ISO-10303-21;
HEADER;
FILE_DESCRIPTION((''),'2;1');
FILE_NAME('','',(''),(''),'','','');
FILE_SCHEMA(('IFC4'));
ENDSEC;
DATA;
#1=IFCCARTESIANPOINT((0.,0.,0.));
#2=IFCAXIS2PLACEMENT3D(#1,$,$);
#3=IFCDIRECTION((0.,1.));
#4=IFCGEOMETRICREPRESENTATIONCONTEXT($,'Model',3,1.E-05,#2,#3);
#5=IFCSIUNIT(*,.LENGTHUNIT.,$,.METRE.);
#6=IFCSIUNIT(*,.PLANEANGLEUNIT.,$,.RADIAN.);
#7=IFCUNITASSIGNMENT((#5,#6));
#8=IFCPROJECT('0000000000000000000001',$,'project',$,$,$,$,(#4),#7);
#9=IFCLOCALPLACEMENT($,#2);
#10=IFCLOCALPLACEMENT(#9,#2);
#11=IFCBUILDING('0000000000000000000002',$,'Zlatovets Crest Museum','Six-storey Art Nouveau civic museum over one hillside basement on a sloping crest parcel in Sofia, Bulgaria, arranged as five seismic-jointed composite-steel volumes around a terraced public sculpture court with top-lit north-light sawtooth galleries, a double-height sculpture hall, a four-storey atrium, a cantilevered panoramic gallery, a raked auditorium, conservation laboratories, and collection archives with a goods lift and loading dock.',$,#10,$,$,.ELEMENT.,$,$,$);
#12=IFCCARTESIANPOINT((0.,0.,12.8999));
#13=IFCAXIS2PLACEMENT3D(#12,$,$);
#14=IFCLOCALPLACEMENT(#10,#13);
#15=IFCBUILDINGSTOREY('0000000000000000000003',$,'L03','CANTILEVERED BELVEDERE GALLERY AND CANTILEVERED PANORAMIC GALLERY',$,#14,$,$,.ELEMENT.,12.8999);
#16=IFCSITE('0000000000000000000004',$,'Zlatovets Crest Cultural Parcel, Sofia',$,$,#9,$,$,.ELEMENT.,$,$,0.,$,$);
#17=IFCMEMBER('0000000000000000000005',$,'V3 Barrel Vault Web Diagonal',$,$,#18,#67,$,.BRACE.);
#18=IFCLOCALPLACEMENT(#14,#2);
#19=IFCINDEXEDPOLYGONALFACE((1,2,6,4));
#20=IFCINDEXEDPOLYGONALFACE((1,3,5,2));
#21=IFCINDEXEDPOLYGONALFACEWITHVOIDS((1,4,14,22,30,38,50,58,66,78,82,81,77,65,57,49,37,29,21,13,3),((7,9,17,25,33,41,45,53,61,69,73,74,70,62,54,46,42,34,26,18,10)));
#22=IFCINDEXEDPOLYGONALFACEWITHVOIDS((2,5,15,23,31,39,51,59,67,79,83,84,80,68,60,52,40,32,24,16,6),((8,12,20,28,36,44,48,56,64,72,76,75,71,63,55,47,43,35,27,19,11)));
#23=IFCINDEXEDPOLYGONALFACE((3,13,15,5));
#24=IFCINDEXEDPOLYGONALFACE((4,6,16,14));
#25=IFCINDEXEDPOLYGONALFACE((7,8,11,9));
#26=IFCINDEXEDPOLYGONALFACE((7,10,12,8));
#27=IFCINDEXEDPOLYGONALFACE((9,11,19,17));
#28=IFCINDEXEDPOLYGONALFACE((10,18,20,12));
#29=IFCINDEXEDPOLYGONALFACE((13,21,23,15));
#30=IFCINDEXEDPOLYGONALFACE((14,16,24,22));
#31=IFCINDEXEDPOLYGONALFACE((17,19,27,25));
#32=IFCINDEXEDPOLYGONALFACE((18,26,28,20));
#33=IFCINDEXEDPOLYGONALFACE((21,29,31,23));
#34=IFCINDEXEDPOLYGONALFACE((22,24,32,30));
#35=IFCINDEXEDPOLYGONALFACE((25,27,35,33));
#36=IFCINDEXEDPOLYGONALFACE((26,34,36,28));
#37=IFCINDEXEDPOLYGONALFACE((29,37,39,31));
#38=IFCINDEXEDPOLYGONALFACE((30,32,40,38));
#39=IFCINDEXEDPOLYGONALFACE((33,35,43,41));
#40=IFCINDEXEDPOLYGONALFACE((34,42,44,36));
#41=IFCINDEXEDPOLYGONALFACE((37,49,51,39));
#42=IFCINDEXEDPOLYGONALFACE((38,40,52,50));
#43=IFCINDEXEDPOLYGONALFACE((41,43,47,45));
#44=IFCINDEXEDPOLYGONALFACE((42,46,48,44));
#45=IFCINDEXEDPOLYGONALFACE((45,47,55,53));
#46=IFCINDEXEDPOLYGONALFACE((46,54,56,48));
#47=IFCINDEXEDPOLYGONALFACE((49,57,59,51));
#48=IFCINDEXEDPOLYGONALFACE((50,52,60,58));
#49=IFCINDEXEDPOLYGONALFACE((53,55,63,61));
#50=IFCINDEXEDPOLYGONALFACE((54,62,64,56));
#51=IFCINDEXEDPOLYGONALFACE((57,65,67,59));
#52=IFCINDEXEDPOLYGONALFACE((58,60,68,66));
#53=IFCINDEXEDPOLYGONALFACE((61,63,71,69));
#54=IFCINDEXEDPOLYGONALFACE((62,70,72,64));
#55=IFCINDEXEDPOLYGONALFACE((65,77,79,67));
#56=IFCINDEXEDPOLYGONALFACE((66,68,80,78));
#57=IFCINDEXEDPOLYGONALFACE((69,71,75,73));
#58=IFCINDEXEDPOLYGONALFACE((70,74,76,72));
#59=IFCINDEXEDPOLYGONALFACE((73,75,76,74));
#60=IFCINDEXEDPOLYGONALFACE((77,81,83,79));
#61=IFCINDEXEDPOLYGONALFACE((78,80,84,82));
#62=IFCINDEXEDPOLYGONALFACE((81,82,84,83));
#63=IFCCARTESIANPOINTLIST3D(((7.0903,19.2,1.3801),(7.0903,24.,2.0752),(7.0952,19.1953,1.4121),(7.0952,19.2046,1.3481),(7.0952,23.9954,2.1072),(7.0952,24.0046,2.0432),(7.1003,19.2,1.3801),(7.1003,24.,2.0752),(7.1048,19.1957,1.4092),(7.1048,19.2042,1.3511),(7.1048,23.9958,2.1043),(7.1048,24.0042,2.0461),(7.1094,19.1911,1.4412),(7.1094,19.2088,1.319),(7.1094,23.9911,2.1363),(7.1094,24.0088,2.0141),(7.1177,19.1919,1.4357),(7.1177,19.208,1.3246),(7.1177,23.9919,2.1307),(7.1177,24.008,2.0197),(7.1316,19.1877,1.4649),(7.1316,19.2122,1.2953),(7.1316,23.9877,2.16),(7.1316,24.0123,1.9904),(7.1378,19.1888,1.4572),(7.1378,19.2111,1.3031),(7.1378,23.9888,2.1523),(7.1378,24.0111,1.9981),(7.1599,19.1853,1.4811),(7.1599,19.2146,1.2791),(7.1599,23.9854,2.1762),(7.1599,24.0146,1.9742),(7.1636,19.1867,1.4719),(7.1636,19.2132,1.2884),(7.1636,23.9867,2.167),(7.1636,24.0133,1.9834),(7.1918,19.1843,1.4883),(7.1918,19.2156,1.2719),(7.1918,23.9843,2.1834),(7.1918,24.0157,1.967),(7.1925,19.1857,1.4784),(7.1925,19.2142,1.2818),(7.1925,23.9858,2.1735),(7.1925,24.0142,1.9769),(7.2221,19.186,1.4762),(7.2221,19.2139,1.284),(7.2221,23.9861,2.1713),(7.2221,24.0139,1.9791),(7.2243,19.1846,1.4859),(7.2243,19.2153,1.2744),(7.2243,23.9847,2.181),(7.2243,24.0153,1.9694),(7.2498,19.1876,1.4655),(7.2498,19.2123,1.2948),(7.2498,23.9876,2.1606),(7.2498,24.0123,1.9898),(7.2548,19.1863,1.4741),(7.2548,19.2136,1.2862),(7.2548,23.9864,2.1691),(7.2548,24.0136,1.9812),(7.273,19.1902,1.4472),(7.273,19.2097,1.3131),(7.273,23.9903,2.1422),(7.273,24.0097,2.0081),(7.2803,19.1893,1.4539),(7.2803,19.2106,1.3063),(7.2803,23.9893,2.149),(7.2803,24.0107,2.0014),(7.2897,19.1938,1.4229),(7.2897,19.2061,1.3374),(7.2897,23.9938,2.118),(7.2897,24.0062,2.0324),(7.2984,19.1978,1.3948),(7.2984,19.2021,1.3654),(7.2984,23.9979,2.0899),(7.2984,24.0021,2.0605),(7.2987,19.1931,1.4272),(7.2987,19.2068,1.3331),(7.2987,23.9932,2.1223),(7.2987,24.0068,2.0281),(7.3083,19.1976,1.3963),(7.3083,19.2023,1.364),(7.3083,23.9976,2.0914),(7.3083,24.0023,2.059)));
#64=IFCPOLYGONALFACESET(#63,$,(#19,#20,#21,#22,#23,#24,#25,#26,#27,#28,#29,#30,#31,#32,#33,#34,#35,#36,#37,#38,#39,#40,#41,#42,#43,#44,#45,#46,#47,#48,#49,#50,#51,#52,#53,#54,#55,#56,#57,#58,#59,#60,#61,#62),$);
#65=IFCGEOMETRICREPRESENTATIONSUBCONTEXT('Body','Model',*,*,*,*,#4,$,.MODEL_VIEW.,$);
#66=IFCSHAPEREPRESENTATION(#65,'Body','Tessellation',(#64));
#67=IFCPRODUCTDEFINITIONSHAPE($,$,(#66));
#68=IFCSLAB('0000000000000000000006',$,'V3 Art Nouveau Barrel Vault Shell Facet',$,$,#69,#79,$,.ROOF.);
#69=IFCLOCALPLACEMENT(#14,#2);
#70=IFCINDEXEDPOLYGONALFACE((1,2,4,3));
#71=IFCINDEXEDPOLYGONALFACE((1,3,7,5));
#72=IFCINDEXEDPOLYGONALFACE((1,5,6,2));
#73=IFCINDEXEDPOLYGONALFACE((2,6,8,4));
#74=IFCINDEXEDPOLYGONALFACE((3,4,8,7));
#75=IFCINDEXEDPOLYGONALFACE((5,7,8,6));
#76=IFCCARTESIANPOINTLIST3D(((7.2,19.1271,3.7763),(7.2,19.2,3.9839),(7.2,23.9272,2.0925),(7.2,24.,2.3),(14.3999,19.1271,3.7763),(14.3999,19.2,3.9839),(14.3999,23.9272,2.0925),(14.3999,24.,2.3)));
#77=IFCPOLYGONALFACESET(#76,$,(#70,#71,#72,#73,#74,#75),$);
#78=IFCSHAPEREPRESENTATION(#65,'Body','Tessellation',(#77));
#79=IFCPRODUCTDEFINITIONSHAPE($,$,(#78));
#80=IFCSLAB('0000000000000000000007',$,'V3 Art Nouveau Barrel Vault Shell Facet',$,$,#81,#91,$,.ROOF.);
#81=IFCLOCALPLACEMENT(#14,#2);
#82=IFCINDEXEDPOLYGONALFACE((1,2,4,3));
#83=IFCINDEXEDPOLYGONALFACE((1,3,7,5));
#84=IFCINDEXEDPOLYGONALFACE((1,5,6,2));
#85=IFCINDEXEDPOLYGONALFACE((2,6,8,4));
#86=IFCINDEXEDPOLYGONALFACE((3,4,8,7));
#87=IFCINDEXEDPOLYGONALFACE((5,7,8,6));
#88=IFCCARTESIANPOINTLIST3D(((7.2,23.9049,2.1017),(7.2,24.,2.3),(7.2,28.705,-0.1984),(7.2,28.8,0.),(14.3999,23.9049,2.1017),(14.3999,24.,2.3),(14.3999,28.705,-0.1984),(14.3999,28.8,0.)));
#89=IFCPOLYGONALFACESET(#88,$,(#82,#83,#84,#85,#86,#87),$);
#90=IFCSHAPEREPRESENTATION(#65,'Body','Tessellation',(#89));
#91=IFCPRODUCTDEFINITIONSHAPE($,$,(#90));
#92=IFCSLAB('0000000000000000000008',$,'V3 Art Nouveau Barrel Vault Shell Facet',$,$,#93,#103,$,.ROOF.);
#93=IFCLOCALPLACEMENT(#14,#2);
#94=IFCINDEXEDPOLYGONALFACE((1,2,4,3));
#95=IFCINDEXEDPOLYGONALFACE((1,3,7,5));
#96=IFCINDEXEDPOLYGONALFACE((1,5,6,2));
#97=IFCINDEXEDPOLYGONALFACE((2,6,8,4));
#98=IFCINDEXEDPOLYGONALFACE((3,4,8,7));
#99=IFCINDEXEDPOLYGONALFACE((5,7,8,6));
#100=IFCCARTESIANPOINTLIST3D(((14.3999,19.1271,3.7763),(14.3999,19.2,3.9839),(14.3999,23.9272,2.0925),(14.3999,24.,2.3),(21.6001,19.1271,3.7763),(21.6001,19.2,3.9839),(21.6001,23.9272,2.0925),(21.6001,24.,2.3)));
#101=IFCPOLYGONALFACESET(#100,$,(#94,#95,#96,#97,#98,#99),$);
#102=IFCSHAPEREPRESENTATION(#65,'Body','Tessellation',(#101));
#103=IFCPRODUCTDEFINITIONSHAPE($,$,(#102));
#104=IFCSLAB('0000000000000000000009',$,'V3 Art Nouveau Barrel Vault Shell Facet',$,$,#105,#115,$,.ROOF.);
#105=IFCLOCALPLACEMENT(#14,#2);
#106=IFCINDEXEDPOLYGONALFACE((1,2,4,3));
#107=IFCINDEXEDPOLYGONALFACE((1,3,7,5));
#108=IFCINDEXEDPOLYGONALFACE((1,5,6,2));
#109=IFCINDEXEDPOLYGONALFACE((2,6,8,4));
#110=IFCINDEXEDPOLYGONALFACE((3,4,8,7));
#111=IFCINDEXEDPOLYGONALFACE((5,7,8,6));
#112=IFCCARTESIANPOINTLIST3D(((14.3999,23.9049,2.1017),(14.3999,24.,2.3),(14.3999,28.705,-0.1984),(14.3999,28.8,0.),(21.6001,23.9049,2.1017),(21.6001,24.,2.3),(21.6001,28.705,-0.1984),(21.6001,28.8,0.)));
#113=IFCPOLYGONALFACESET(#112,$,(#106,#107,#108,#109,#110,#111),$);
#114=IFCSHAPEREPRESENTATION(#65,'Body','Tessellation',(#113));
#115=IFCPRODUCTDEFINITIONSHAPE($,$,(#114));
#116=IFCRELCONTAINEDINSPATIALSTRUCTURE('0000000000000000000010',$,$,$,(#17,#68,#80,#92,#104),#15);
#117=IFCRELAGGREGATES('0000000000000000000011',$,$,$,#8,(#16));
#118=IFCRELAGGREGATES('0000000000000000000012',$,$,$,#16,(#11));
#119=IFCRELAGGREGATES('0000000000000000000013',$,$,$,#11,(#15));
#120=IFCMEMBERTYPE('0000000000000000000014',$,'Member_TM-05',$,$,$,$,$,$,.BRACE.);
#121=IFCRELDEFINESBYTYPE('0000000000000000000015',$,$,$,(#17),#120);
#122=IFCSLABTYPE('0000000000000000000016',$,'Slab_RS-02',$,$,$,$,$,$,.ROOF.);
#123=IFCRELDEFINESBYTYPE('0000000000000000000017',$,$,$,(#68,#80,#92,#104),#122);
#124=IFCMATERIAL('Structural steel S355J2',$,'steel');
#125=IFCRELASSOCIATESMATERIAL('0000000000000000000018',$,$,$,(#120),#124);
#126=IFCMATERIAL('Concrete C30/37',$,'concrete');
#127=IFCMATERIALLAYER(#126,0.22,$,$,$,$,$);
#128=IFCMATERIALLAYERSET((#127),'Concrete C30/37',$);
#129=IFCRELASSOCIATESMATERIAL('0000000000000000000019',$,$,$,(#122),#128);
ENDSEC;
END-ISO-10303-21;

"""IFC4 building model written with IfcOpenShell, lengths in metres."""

from ifc_helpers import new_model, si_unit, direction, frame, origin, origin_2d, place, context, subcontext, project, spatial, polyline, hollow_circle, outline, extrude, material, layer, layer_set, material_profile, profile_set, type_object, element, save


model = new_model("IFC4")

# Units and contexts
model_context = context("Model", 3, precision=1e-05, world=origin(), true_north=direction((0.0, 1.0)))
body_context = subcontext(model_context, "Body", "Model", "MODEL_VIEW")
ifc_project = project(units=[si_unit("LENGTHUNIT", "METRE"), si_unit("PLANEANGLEUNIT", "RADIAN")], contexts=[model_context])

# Site, building, storey
site_placement = place(None, origin())
site = spatial("IfcSite", under=ifc_project, at=site_placement, Name="Zlatovets Crest Cultural Parcel, Sofia", CompositionType="ELEMENT", RefElevation=0.0)
building_placement = place(site_placement, origin())
building = spatial("IfcBuilding", under=site, at=building_placement, Name="Zlatovets Crest Museum", Description="Six-storey Art Nouveau civic museum over one hillside basement on a sloping crest parcel in Sofia, Bulgaria, arranged as five seismic-jointed composite-steel volumes around a terraced public sculpture court with top-lit north-light sawtooth galleries, a double-height sculpture hall, a four-storey atrium, a cantilevered panoramic gallery, a raked auditorium, conservation laboratories, and collection archives with a goods lift and loading dock.", CompositionType="ELEMENT")
storey_placement = place(building_placement, frame((0.0, 0.0, 12.8999)))
storey = spatial("IfcBuildingStorey", under=building, at=storey_placement, Name="L03", Description="CANTILEVERED BELVEDERE GALLERY AND CANTILEVERED PANORAMIC GALLERY", CompositionType="ELEMENT", Elevation=12.8999)

# Shared definitions
ifc_material_1 = material(Name="Structural steel S355J2", Category="steel")

# Member
ifc_material_profile_1 = material_profile(ifc_material_1, hollow_circle(Radius=0.1096, WallThickness=0.01, at=origin_2d()), Name="CHS 219.1x10.0")
ifc_profile_set_1 = profile_set([ifc_material_profile_1], Name="Structural steel S355J2")
member_type_1 = type_object("IfcMemberType", Name="Member_TM-05", PredefinedType="BRACE", material=ifc_profile_set_1)
member_1_placement = place(storey_placement, frame((7.2, 19.2, 1.3801), z_axis=(0.0, 0.989678, 0.14331), x_axis=(-1.0, 0.0, 0.0)))
element("IfcMember", 1, at=member_1_placement, inside=storey, type_object=member_type_1, Name="V3 Barrel Vault Web Diagonal", PredefinedType="BRACE", context=body_context, shape_type="SweptSolid", body=[
    extrude(hollow_circle(Radius=0.1096, WallThickness=0.01, at=origin_2d()), origin(), (0.0, 0.0, 1.0), 4.8501),
])

# Slabs
ifc_material_2 = material(Name="Concrete C30/37", Category="concrete")
ifc_layer = layer(ifc_material_2, 0.22)
ifc_layer_set = layer_set([ifc_layer], Name="Concrete C30/37")
slab_type = type_object("IfcSlabType", Name="Slab_RS-02", PredefinedType="ROOF", material=ifc_layer_set)
slab_1_placement = place(storey_placement, frame((7.2, 19.2, 3.9839), z_axis=(0.0, 0.331019, 0.943624), x_axis=(1.0, 0.0, 0.0)))
element("IfcSlab", 2, at=slab_1_placement, inside=storey, type_object=slab_type, Name="V3 Art Nouveau Barrel Vault Shell Facet", PredefinedType="ROOF", context=body_context, shape_type="SweptSolid", body=[
    extrude(outline(polyline([(0.0, 0.0), (7.2, 0.0), (7.2, 5.0868), (0.0, 5.0868), (0.0, 0.0)])), origin(), (0.0, 0.0, -1.0), 0.22),
])
slab_2_placement = place(storey_placement, frame((7.2, 24.0, 2.3), z_axis=(0.0, 0.432124, 0.901814), x_axis=(1.0, 0.0, 0.0)))
element("IfcSlab", 3, at=slab_2_placement, inside=storey, type_object=slab_type, Name="V3 Art Nouveau Barrel Vault Shell Facet", PredefinedType="ROOF", context=body_context, shape_type="SweptSolid", body=[
    extrude(outline(polyline([(0.0, 0.0), (7.2, 0.0), (7.2, 5.3227), (0.0, 5.3227), (0.0, 0.0)])), origin(), (0.0, 0.0, -1.0), 0.22),
])
slab_3_placement = place(storey_placement, frame((14.3999, 19.2, 3.9839), z_axis=(0.0, 0.331019, 0.943624), x_axis=(1.0, 0.0, 0.0)))
element("IfcSlab", 4, at=slab_3_placement, inside=storey, type_object=slab_type, Name="V3 Art Nouveau Barrel Vault Shell Facet", PredefinedType="ROOF", context=body_context, shape_type="SweptSolid", body=[
    extrude(outline(polyline([(0.0, 0.0), (7.2002, 0.0), (7.2002, 5.0868), (0.0, 5.0868), (0.0, 0.0)])), origin(), (0.0, 0.0, -1.0), 0.22),
])
slab_4_placement = place(storey_placement, frame((14.3999, 24.0, 2.3), z_axis=(0.0, 0.432124, 0.901814), x_axis=(1.0, 0.0, 0.0)))
element("IfcSlab", 5, at=slab_4_placement, inside=storey, type_object=slab_type, Name="V3 Art Nouveau Barrel Vault Shell Facet", PredefinedType="ROOF", context=body_context, shape_type="SweptSolid", body=[
    extrude(outline(polyline([(0.0, 0.0), (7.2002, 0.0), (7.2002, 5.3227), (0.0, 5.3227), (0.0, 0.0)])), origin(), (0.0, 0.0, -1.0), 0.22),
])

save(model, "model.ifc")
